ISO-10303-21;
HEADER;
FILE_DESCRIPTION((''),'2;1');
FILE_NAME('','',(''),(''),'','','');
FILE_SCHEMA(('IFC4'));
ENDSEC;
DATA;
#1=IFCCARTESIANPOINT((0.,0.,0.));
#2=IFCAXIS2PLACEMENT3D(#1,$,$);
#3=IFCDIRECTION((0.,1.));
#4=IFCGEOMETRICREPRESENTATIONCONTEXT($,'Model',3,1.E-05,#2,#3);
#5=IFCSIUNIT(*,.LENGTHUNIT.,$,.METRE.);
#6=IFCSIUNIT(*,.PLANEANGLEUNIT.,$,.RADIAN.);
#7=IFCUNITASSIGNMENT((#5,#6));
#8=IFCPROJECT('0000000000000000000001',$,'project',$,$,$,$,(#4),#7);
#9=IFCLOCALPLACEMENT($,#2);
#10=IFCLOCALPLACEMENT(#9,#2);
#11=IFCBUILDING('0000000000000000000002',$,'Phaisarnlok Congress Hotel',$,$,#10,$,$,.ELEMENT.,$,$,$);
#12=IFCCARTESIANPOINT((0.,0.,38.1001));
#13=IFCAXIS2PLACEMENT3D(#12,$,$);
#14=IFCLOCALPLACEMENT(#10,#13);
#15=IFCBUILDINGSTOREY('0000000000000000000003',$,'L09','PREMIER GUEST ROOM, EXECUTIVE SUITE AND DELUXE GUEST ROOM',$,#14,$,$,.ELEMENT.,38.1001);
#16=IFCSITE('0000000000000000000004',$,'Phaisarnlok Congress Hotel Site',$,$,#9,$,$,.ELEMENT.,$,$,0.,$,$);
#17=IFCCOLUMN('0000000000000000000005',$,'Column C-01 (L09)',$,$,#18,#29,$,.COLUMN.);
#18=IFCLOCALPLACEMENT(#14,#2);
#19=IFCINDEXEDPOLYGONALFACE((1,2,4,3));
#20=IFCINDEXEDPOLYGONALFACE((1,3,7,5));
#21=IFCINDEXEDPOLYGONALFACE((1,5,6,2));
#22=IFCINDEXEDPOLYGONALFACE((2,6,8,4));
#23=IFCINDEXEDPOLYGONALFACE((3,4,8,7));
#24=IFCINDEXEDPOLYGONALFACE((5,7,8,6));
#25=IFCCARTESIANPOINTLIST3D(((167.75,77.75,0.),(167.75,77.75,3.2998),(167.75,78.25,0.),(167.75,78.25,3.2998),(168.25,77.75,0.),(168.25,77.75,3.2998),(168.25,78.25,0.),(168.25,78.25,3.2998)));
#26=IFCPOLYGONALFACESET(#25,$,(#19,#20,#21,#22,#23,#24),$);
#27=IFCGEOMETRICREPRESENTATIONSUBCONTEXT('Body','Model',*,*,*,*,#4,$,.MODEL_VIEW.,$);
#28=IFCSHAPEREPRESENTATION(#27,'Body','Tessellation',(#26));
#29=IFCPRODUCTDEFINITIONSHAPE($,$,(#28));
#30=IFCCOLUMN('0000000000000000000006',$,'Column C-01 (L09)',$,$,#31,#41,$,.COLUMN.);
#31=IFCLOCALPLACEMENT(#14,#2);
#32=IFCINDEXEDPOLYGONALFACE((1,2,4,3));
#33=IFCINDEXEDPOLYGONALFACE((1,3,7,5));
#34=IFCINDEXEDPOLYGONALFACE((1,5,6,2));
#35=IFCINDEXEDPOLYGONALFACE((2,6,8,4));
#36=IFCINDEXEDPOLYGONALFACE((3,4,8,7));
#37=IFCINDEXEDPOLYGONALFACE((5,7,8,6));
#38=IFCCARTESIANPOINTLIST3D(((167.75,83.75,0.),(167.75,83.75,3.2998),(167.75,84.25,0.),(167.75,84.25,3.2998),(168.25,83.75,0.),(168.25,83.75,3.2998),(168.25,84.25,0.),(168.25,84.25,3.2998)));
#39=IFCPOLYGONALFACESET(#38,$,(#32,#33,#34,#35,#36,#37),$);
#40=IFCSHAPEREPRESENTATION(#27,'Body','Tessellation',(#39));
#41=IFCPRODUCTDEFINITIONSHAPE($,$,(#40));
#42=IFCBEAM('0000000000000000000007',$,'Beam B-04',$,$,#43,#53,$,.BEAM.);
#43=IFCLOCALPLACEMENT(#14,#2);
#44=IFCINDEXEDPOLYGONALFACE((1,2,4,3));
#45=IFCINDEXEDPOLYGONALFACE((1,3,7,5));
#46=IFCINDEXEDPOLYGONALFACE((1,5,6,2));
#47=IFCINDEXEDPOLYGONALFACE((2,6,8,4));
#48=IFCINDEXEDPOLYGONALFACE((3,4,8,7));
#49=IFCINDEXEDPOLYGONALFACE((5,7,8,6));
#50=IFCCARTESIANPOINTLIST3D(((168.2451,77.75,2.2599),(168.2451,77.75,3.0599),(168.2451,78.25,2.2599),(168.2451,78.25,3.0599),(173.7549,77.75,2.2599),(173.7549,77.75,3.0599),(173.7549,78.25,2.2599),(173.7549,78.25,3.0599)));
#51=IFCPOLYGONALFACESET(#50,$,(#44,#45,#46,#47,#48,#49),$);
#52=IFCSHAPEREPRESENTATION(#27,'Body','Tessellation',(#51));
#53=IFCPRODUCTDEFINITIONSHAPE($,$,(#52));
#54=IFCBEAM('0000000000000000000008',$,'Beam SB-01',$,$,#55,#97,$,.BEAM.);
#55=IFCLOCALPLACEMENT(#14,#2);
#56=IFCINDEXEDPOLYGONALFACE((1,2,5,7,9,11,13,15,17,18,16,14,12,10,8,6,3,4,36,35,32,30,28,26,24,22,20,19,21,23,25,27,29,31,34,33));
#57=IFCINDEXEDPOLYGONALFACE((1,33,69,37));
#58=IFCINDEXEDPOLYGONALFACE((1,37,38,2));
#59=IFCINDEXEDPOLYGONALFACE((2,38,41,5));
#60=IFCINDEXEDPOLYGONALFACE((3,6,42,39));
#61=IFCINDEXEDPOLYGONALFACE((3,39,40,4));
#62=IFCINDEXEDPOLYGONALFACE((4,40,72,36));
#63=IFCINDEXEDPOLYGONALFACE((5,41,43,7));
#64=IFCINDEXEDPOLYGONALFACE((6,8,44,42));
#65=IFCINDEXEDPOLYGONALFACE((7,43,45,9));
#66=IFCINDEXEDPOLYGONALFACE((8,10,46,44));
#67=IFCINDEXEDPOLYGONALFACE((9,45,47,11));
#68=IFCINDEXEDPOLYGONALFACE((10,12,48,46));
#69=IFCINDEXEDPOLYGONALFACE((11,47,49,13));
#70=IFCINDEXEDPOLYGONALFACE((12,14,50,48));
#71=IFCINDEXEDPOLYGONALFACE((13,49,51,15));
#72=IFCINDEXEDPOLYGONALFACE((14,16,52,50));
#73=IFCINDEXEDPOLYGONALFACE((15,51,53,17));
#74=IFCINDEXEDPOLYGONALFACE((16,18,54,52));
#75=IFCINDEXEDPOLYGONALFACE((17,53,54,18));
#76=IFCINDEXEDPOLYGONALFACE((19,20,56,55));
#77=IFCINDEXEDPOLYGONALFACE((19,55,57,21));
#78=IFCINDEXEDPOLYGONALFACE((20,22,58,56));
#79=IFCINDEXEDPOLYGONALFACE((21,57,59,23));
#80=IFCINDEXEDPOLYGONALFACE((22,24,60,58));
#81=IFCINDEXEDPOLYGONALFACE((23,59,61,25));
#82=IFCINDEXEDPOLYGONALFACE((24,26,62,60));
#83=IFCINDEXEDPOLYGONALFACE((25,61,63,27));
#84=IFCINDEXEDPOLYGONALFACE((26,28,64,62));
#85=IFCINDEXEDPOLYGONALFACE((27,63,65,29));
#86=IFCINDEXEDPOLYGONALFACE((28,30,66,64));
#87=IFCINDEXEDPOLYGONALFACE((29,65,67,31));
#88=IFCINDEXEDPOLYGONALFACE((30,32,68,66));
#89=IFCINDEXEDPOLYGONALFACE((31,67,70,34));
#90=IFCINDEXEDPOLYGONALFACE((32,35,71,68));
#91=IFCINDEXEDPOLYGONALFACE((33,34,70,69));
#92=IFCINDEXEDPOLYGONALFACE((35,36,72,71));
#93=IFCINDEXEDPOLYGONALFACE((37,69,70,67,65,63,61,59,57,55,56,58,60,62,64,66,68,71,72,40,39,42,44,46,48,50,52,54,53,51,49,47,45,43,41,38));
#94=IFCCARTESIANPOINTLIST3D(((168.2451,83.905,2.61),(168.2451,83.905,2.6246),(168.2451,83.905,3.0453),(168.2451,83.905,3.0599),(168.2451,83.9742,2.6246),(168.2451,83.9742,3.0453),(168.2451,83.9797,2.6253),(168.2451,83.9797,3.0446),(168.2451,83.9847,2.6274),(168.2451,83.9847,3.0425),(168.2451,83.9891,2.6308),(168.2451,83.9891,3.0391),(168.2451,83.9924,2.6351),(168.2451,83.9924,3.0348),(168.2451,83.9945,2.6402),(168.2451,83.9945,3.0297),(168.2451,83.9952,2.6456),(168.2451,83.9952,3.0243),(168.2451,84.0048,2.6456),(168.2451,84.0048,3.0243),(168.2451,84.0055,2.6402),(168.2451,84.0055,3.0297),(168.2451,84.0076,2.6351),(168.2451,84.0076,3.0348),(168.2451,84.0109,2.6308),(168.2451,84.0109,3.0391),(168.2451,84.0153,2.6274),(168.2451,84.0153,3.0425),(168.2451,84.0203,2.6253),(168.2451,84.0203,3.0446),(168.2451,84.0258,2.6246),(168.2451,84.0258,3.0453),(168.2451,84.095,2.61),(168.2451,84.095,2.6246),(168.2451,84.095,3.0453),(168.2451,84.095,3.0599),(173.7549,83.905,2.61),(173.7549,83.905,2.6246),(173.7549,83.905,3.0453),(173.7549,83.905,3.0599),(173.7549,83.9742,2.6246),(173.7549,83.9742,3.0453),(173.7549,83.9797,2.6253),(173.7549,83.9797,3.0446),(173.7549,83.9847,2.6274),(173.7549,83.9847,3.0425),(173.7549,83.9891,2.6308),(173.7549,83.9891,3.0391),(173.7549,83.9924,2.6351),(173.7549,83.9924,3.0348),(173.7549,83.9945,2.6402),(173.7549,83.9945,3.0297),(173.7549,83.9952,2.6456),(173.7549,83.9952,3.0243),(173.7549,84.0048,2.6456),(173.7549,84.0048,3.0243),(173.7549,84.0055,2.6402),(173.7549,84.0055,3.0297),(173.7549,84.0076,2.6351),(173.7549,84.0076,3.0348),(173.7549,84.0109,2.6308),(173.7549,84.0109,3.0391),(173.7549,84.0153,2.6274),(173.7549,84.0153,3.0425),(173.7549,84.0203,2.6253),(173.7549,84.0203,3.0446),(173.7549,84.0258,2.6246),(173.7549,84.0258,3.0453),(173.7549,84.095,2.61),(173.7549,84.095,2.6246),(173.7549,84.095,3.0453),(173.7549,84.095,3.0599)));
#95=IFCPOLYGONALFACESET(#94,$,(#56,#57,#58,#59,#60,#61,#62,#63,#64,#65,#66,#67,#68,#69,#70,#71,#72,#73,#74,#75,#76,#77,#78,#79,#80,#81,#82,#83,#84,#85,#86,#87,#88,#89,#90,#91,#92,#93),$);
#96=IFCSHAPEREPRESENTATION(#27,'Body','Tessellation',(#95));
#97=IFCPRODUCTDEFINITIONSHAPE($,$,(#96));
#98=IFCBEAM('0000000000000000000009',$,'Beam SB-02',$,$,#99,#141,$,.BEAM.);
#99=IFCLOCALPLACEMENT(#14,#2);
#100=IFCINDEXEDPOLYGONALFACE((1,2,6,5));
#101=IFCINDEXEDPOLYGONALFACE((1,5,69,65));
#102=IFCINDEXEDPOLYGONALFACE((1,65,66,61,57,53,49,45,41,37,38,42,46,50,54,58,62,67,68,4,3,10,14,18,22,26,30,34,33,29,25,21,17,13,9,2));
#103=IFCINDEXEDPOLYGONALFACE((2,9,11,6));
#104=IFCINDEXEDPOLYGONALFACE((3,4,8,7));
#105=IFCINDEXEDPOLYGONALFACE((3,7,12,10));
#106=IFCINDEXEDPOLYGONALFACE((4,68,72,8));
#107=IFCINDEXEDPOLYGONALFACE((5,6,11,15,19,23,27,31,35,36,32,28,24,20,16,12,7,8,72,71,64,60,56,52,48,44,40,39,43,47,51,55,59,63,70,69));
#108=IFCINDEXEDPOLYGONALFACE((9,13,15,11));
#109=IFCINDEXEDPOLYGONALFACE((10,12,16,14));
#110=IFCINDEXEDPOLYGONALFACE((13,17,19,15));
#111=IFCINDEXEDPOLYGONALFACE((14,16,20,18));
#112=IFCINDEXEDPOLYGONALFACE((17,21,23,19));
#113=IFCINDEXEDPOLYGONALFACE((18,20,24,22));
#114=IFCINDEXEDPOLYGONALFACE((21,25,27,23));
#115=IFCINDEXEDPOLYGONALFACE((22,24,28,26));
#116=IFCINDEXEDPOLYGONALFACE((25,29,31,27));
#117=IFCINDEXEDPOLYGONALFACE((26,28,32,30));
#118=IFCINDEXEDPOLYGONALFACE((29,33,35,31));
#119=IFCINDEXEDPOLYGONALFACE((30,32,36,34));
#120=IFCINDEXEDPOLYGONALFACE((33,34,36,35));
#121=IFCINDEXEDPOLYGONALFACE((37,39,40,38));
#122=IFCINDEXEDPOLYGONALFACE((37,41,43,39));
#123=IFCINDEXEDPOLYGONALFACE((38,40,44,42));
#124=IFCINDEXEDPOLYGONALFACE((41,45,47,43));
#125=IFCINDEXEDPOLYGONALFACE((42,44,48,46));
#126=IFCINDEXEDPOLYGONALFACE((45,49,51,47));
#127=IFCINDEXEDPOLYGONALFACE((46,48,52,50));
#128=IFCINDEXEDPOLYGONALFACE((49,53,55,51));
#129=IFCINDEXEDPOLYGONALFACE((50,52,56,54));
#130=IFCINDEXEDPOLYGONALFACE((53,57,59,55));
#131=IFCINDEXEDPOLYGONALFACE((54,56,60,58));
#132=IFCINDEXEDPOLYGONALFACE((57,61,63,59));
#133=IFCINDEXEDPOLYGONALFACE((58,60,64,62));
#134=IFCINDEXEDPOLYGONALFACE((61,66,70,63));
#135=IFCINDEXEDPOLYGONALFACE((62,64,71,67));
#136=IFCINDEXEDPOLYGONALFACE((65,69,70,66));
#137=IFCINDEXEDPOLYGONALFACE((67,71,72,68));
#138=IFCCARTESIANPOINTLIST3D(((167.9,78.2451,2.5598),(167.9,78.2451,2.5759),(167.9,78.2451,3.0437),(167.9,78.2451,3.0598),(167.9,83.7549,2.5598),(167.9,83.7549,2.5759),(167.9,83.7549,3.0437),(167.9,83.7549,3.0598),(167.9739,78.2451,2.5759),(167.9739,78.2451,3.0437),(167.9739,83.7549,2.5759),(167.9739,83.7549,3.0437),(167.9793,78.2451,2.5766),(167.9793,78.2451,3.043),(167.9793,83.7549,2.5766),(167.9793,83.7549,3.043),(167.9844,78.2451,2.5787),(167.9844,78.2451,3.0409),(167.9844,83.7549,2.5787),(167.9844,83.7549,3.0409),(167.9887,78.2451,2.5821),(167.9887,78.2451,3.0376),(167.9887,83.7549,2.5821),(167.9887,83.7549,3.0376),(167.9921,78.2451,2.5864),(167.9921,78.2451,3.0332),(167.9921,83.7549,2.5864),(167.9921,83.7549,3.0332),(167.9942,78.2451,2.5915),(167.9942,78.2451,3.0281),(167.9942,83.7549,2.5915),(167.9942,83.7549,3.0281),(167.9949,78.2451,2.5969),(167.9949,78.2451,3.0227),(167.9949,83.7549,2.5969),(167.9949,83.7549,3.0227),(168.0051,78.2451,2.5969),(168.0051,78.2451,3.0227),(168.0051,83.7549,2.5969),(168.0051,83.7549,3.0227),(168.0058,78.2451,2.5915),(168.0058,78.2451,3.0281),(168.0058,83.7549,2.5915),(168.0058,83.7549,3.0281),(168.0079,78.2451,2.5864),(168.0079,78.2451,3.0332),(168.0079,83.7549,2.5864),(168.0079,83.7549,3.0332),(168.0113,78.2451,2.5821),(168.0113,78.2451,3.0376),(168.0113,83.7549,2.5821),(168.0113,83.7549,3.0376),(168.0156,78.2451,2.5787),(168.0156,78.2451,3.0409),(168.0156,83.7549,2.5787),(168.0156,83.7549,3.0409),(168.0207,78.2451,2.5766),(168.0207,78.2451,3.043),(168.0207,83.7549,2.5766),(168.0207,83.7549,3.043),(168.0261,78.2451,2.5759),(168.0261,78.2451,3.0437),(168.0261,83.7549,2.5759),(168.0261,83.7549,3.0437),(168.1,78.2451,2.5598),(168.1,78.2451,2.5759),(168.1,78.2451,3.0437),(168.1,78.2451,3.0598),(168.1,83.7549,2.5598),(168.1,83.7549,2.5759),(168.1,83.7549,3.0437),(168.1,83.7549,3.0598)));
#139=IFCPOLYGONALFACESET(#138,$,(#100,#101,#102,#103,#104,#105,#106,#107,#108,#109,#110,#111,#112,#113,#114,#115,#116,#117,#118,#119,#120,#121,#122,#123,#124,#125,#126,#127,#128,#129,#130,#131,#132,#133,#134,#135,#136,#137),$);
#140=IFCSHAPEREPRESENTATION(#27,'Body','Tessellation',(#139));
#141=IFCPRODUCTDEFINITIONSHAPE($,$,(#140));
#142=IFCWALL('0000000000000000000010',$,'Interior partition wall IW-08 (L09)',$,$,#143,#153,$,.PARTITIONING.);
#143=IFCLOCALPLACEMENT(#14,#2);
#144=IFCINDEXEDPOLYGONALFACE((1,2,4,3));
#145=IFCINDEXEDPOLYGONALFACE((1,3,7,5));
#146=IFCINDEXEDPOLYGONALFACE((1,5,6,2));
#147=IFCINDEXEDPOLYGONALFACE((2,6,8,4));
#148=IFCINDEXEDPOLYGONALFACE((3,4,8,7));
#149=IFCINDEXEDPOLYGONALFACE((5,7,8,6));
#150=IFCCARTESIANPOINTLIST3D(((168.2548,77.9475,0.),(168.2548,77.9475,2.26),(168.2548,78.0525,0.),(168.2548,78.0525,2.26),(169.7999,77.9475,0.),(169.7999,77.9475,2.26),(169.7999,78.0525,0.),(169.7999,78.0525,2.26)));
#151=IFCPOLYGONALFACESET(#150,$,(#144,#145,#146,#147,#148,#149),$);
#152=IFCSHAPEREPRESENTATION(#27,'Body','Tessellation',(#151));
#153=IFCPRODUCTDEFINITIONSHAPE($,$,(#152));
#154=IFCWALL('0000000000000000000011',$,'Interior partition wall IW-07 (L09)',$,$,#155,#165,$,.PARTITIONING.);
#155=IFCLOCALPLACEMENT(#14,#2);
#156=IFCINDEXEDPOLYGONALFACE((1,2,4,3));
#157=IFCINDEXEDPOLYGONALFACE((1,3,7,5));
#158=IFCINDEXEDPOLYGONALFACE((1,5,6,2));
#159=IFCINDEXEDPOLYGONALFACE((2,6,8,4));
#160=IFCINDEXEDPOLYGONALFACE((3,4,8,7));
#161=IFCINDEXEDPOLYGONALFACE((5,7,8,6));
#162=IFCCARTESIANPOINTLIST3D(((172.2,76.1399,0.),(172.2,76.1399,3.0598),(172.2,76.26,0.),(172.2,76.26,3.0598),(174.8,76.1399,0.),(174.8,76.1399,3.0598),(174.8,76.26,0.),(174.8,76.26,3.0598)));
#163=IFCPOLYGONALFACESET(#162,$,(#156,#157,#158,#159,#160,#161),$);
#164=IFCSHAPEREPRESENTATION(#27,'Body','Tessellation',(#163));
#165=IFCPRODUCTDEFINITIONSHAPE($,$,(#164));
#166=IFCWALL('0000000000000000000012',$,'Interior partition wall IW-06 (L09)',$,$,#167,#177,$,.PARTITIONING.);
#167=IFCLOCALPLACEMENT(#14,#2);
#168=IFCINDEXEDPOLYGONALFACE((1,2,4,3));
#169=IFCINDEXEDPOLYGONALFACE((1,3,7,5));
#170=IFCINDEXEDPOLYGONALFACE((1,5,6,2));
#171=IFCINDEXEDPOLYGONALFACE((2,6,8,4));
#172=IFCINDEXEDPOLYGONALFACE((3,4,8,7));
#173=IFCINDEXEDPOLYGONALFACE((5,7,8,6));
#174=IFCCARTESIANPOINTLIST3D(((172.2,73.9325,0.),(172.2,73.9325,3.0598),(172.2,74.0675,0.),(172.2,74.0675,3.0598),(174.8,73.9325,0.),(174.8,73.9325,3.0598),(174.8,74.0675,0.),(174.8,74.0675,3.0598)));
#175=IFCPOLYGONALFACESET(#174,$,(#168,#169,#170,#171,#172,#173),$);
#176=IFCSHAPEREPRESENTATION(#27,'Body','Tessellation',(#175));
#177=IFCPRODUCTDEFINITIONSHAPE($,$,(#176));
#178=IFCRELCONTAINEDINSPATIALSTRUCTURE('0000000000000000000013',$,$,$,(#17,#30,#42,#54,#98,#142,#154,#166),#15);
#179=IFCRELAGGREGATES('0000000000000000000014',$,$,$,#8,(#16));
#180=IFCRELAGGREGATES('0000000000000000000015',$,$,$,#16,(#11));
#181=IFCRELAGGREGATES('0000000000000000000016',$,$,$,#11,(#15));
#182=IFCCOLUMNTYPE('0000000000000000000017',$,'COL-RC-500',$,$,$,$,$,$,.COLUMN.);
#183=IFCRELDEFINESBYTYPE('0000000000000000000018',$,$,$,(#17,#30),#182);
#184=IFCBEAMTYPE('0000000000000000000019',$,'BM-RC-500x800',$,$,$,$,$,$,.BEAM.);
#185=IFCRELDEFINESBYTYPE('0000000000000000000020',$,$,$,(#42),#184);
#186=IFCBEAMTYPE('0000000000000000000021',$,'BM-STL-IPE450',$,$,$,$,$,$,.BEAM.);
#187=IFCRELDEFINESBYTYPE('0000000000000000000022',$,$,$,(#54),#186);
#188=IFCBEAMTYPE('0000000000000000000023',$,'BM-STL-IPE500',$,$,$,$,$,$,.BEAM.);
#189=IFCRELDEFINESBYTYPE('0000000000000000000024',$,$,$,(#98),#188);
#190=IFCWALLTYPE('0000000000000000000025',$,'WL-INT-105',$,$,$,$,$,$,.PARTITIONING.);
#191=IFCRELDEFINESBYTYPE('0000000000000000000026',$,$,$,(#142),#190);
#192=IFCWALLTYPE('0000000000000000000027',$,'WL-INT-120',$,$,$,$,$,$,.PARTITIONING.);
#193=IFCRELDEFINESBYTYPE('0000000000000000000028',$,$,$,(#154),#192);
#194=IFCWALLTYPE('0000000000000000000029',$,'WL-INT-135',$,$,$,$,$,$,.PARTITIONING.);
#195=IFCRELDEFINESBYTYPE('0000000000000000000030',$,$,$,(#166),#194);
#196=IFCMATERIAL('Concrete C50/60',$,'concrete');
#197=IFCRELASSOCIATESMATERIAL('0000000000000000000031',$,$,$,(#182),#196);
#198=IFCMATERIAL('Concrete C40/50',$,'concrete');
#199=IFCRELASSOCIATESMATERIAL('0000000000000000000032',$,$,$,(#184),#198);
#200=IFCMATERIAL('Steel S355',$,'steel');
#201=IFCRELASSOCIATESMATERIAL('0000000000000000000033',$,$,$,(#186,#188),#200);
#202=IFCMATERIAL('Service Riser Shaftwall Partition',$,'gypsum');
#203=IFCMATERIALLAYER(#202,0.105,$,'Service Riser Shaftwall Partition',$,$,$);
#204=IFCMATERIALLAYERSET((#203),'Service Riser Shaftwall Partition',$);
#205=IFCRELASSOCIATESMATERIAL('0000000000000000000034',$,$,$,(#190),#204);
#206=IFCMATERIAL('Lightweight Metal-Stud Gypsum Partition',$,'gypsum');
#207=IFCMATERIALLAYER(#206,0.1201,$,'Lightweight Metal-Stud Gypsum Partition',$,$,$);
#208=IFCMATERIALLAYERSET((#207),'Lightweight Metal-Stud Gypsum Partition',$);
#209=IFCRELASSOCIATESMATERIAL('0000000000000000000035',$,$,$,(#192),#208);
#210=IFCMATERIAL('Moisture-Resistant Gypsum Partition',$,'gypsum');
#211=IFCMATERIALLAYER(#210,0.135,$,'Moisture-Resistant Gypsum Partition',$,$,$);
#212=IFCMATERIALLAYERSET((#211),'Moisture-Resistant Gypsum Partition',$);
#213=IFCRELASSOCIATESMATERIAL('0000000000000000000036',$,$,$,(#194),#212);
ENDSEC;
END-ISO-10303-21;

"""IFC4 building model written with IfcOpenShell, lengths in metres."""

from ifc_helpers import new_model, si_unit, direction, frame, frame_2d, origin, origin_2d, place, context, subcontext, project, spatial, rectangle, i_section, extrude, material, layer, layer_set, material_profile, profile_set, type_object, element, save


model = new_model("IFC4")

# Units and contexts
model_context = context("Model", 3, precision=1e-05, world=origin(), true_north=direction((0.0, 1.0)))
body_context = subcontext(model_context, "Body", "Model", "MODEL_VIEW")
ifc_project = project(units=[si_unit("LENGTHUNIT", "METRE"), si_unit("PLANEANGLEUNIT", "RADIAN")], contexts=[model_context])

# Site, building, storey
site_placement = place(None, origin())
site = spatial("IfcSite", under=ifc_project, at=site_placement, Name="Phaisarnlok Congress Hotel Site", CompositionType="ELEMENT", RefElevation=0.0)
building_placement = place(site_placement, origin())
building = spatial("IfcBuilding", under=site, at=building_placement, Name="Phaisarnlok Congress Hotel", CompositionType="ELEMENT")
storey_placement = place(building_placement, frame((0.0, 0.0, 38.1001)))
storey = spatial("IfcBuildingStorey", under=building, at=storey_placement, Name="L09", Description="PREMIER GUEST ROOM, EXECUTIVE SUITE AND DELUXE GUEST ROOM", CompositionType="ELEMENT", Elevation=38.1001)

# Columns
ifc_material_1 = material(Name="Concrete C50/60", Category="concrete")
ifc_material_profile_1 = material_profile(ifc_material_1, rectangle(XDim=0.5, YDim=0.5, at=origin_2d()), Name="RC 500x500")
ifc_profile_set_1 = profile_set([ifc_material_profile_1], Name="Concrete C50/60")
column_type = type_object("IfcColumnType", Name="COL-RC-500", PredefinedType="COLUMN", material=ifc_profile_set_1)
for number, where, z_axis, x_axis, name in (
    (1, (168.0, 78.0, 0.0), (0.0, 0.0, 1.0), (1.0, 0.0, 0.0), "Column C-01 (L09)"),
    (2, (168.0, 84.0, 0.0), (0.0, 0.0, 1.0), (1.0, 0.0, 0.0), "Column C-01 (L09)"),
):
    element("IfcColumn", number, at=place(storey_placement, frame(where, z_axis=z_axis, x_axis=x_axis)), inside=storey, type_object=column_type, Name=name, PredefinedType="COLUMN", context=body_context, shape_type="SweptSolid", body=[
        extrude(rectangle(XDim=0.5, YDim=0.5, at=origin_2d()), origin(), (0.0, 0.0, 1.0), 3.2998),
    ])

# Beams
ifc_material_2 = material(Name="Concrete C40/50", Category="concrete")
ifc_material_profile_2 = material_profile(ifc_material_2, rectangle(XDim=0.5, YDim=0.8, at=origin_2d()), Name="RC 500x800")
ifc_profile_set_2 = profile_set([ifc_material_profile_2], Name="Concrete C40/50")
beam_type_1 = type_object("IfcBeamType", Name="BM-RC-500x800", PredefinedType="BEAM", material=ifc_profile_set_2)
beam_1_placement = place(storey_placement, frame((168.2451, 78.0, 2.6599), z_axis=(1.0, 0.0, 0.0), x_axis=(0.0, 1.0, 0.0)))
element("IfcBeam", 3, at=beam_1_placement, inside=storey, type_object=beam_type_1, Name="Beam B-04", PredefinedType="BEAM", context=body_context, shape_type="SweptSolid", body=[
    extrude(rectangle(XDim=0.5, YDim=0.8, at=origin_2d()), origin(), (0.0, 0.0, 1.0), 5.5098),
])
ifc_material_3 = material(Name="Steel S355", Category="steel")
ifc_material_profile_3 = material_profile(ifc_material_3, i_section(OverallWidth=0.1899, OverallDepth=0.45, WebThickness=0.0095, FlangeThickness=0.0146, FilletRadius=0.021, at=origin_2d()), Name="IPE 450")
ifc_profile_set_3 = profile_set([ifc_material_profile_3], Name="Steel S355")
beam_type_2 = type_object("IfcBeamType", Name="BM-STL-IPE450", PredefinedType="BEAM", material=ifc_profile_set_3)
beam_2_placement = place(storey_placement, frame((168.2451, 84.0, 2.835), z_axis=(1.0, 0.0, 0.0), x_axis=(0.0, 1.0, 0.0)))
element("IfcBeam", 4, at=beam_2_placement, inside=storey, type_object=beam_type_2, Name="Beam SB-01", PredefinedType="BEAM", context=body_context, shape_type="SweptSolid", body=[
    extrude(i_section(OverallWidth=0.1899, OverallDepth=0.45, WebThickness=0.0095, FlangeThickness=0.0146, FilletRadius=0.021, at=origin_2d()), origin(), (0.0, 0.0, 1.0), 5.5098),
])
ifc_material_profile_4 = material_profile(ifc_material_3, i_section(OverallWidth=0.2, OverallDepth=0.5, WebThickness=0.0103, FlangeThickness=0.0161, FilletRadius=0.021, at=origin_2d()), Name="IPE 500")
ifc_profile_set_4 = profile_set([ifc_material_profile_4], Name="Steel S355")
beam_type_3 = type_object("IfcBeamType", Name="BM-STL-IPE500", PredefinedType="BEAM", material=ifc_profile_set_4)
beam_3_placement = place(storey_placement, frame((168.0, 78.2451, 2.8098), z_axis=(0.0, 1.0, 0.0), x_axis=(-1.0, 0.0, 0.0)))
element("IfcBeam", 5, at=beam_3_placement, inside=storey, type_object=beam_type_3, Name="Beam SB-02", PredefinedType="BEAM", context=body_context, shape_type="SweptSolid", body=[
    extrude(i_section(OverallWidth=0.2, OverallDepth=0.5, WebThickness=0.0103, FlangeThickness=0.0161, FilletRadius=0.021, at=origin_2d()), origin(), (0.0, 0.0, 1.0), 5.5098),
])

# Walls
ifc_material_4 = material(Name="Service Riser Shaftwall Partition", Category="gypsum")
ifc_layer_1 = layer(ifc_material_4, 0.105, Name="Service Riser Shaftwall Partition")
ifc_layer_set_1 = layer_set([ifc_layer_1], Name="Service Riser Shaftwall Partition")
wall_type_1 = type_object("IfcWallType", Name="WL-INT-105", PredefinedType="PARTITIONING", material=ifc_layer_set_1)
wall_1_placement = place(storey_placement, frame((168.2549, 78.0, 0.0), z_axis=(0.0, 0.0, 1.0), x_axis=(1.0, 0.0, 0.0)))
element("IfcWall", 6, at=wall_1_placement, inside=storey, type_object=wall_type_1, Name="Interior partition wall IW-08 (L09)", PredefinedType="PARTITIONING", context=body_context, shape_type="SweptSolid", body=[
    extrude(rectangle(XDim=1.5452, YDim=0.105, at=frame_2d((0.7725, 0.0))), origin(), (0.0, 0.0, 1.0), 2.26),
])
ifc_material_5 = material(Name="Lightweight Metal-Stud Gypsum Partition", Category="gypsum")
ifc_layer_2 = layer(ifc_material_5, 0.1201, Name="Lightweight Metal-Stud Gypsum Partition")
ifc_layer_set_2 = layer_set([ifc_layer_2], Name="Lightweight Metal-Stud Gypsum Partition")
wall_type_2 = type_object("IfcWallType", Name="WL-INT-120", PredefinedType="PARTITIONING", material=ifc_layer_set_2)
wall_2_placement = place(storey_placement, frame((172.2, 76.2, 0.0), z_axis=(0.0, 0.0, 1.0), x_axis=(1.0, 0.0, 0.0)))
element("IfcWall", 7, at=wall_2_placement, inside=storey, type_object=wall_type_2, Name="Interior partition wall IW-07 (L09)", PredefinedType="PARTITIONING", context=body_context, shape_type="SweptSolid", body=[
    extrude(rectangle(XDim=2.6001, YDim=0.1201, at=frame_2d((1.3, 0.0))), origin(), (0.0, 0.0, 1.0), 3.0598),
])
ifc_material_6 = material(Name="Moisture-Resistant Gypsum Partition", Category="gypsum")
ifc_layer_3 = layer(ifc_material_6, 0.135, Name="Moisture-Resistant Gypsum Partition")
ifc_layer_set_3 = layer_set([ifc_layer_3], Name="Moisture-Resistant Gypsum Partition")
wall_type_3 = type_object("IfcWallType", Name="WL-INT-135", PredefinedType="PARTITIONING", material=ifc_layer_set_3)
wall_3_placement = place(storey_placement, frame((172.2, 74.0, 0.0), z_axis=(0.0, 0.0, 1.0), x_axis=(1.0, 0.0, 0.0)))
element("IfcWall", 8, at=wall_3_placement, inside=storey, type_object=wall_type_3, Name="Interior partition wall IW-06 (L09)", PredefinedType="PARTITIONING", context=body_context, shape_type="SweptSolid", body=[
    extrude(rectangle(XDim=2.6001, YDim=0.135, at=frame_2d((1.3, 0.0))), origin(), (0.0, 0.0, 1.0), 3.0598),
])

save(model, "model.ifc")
